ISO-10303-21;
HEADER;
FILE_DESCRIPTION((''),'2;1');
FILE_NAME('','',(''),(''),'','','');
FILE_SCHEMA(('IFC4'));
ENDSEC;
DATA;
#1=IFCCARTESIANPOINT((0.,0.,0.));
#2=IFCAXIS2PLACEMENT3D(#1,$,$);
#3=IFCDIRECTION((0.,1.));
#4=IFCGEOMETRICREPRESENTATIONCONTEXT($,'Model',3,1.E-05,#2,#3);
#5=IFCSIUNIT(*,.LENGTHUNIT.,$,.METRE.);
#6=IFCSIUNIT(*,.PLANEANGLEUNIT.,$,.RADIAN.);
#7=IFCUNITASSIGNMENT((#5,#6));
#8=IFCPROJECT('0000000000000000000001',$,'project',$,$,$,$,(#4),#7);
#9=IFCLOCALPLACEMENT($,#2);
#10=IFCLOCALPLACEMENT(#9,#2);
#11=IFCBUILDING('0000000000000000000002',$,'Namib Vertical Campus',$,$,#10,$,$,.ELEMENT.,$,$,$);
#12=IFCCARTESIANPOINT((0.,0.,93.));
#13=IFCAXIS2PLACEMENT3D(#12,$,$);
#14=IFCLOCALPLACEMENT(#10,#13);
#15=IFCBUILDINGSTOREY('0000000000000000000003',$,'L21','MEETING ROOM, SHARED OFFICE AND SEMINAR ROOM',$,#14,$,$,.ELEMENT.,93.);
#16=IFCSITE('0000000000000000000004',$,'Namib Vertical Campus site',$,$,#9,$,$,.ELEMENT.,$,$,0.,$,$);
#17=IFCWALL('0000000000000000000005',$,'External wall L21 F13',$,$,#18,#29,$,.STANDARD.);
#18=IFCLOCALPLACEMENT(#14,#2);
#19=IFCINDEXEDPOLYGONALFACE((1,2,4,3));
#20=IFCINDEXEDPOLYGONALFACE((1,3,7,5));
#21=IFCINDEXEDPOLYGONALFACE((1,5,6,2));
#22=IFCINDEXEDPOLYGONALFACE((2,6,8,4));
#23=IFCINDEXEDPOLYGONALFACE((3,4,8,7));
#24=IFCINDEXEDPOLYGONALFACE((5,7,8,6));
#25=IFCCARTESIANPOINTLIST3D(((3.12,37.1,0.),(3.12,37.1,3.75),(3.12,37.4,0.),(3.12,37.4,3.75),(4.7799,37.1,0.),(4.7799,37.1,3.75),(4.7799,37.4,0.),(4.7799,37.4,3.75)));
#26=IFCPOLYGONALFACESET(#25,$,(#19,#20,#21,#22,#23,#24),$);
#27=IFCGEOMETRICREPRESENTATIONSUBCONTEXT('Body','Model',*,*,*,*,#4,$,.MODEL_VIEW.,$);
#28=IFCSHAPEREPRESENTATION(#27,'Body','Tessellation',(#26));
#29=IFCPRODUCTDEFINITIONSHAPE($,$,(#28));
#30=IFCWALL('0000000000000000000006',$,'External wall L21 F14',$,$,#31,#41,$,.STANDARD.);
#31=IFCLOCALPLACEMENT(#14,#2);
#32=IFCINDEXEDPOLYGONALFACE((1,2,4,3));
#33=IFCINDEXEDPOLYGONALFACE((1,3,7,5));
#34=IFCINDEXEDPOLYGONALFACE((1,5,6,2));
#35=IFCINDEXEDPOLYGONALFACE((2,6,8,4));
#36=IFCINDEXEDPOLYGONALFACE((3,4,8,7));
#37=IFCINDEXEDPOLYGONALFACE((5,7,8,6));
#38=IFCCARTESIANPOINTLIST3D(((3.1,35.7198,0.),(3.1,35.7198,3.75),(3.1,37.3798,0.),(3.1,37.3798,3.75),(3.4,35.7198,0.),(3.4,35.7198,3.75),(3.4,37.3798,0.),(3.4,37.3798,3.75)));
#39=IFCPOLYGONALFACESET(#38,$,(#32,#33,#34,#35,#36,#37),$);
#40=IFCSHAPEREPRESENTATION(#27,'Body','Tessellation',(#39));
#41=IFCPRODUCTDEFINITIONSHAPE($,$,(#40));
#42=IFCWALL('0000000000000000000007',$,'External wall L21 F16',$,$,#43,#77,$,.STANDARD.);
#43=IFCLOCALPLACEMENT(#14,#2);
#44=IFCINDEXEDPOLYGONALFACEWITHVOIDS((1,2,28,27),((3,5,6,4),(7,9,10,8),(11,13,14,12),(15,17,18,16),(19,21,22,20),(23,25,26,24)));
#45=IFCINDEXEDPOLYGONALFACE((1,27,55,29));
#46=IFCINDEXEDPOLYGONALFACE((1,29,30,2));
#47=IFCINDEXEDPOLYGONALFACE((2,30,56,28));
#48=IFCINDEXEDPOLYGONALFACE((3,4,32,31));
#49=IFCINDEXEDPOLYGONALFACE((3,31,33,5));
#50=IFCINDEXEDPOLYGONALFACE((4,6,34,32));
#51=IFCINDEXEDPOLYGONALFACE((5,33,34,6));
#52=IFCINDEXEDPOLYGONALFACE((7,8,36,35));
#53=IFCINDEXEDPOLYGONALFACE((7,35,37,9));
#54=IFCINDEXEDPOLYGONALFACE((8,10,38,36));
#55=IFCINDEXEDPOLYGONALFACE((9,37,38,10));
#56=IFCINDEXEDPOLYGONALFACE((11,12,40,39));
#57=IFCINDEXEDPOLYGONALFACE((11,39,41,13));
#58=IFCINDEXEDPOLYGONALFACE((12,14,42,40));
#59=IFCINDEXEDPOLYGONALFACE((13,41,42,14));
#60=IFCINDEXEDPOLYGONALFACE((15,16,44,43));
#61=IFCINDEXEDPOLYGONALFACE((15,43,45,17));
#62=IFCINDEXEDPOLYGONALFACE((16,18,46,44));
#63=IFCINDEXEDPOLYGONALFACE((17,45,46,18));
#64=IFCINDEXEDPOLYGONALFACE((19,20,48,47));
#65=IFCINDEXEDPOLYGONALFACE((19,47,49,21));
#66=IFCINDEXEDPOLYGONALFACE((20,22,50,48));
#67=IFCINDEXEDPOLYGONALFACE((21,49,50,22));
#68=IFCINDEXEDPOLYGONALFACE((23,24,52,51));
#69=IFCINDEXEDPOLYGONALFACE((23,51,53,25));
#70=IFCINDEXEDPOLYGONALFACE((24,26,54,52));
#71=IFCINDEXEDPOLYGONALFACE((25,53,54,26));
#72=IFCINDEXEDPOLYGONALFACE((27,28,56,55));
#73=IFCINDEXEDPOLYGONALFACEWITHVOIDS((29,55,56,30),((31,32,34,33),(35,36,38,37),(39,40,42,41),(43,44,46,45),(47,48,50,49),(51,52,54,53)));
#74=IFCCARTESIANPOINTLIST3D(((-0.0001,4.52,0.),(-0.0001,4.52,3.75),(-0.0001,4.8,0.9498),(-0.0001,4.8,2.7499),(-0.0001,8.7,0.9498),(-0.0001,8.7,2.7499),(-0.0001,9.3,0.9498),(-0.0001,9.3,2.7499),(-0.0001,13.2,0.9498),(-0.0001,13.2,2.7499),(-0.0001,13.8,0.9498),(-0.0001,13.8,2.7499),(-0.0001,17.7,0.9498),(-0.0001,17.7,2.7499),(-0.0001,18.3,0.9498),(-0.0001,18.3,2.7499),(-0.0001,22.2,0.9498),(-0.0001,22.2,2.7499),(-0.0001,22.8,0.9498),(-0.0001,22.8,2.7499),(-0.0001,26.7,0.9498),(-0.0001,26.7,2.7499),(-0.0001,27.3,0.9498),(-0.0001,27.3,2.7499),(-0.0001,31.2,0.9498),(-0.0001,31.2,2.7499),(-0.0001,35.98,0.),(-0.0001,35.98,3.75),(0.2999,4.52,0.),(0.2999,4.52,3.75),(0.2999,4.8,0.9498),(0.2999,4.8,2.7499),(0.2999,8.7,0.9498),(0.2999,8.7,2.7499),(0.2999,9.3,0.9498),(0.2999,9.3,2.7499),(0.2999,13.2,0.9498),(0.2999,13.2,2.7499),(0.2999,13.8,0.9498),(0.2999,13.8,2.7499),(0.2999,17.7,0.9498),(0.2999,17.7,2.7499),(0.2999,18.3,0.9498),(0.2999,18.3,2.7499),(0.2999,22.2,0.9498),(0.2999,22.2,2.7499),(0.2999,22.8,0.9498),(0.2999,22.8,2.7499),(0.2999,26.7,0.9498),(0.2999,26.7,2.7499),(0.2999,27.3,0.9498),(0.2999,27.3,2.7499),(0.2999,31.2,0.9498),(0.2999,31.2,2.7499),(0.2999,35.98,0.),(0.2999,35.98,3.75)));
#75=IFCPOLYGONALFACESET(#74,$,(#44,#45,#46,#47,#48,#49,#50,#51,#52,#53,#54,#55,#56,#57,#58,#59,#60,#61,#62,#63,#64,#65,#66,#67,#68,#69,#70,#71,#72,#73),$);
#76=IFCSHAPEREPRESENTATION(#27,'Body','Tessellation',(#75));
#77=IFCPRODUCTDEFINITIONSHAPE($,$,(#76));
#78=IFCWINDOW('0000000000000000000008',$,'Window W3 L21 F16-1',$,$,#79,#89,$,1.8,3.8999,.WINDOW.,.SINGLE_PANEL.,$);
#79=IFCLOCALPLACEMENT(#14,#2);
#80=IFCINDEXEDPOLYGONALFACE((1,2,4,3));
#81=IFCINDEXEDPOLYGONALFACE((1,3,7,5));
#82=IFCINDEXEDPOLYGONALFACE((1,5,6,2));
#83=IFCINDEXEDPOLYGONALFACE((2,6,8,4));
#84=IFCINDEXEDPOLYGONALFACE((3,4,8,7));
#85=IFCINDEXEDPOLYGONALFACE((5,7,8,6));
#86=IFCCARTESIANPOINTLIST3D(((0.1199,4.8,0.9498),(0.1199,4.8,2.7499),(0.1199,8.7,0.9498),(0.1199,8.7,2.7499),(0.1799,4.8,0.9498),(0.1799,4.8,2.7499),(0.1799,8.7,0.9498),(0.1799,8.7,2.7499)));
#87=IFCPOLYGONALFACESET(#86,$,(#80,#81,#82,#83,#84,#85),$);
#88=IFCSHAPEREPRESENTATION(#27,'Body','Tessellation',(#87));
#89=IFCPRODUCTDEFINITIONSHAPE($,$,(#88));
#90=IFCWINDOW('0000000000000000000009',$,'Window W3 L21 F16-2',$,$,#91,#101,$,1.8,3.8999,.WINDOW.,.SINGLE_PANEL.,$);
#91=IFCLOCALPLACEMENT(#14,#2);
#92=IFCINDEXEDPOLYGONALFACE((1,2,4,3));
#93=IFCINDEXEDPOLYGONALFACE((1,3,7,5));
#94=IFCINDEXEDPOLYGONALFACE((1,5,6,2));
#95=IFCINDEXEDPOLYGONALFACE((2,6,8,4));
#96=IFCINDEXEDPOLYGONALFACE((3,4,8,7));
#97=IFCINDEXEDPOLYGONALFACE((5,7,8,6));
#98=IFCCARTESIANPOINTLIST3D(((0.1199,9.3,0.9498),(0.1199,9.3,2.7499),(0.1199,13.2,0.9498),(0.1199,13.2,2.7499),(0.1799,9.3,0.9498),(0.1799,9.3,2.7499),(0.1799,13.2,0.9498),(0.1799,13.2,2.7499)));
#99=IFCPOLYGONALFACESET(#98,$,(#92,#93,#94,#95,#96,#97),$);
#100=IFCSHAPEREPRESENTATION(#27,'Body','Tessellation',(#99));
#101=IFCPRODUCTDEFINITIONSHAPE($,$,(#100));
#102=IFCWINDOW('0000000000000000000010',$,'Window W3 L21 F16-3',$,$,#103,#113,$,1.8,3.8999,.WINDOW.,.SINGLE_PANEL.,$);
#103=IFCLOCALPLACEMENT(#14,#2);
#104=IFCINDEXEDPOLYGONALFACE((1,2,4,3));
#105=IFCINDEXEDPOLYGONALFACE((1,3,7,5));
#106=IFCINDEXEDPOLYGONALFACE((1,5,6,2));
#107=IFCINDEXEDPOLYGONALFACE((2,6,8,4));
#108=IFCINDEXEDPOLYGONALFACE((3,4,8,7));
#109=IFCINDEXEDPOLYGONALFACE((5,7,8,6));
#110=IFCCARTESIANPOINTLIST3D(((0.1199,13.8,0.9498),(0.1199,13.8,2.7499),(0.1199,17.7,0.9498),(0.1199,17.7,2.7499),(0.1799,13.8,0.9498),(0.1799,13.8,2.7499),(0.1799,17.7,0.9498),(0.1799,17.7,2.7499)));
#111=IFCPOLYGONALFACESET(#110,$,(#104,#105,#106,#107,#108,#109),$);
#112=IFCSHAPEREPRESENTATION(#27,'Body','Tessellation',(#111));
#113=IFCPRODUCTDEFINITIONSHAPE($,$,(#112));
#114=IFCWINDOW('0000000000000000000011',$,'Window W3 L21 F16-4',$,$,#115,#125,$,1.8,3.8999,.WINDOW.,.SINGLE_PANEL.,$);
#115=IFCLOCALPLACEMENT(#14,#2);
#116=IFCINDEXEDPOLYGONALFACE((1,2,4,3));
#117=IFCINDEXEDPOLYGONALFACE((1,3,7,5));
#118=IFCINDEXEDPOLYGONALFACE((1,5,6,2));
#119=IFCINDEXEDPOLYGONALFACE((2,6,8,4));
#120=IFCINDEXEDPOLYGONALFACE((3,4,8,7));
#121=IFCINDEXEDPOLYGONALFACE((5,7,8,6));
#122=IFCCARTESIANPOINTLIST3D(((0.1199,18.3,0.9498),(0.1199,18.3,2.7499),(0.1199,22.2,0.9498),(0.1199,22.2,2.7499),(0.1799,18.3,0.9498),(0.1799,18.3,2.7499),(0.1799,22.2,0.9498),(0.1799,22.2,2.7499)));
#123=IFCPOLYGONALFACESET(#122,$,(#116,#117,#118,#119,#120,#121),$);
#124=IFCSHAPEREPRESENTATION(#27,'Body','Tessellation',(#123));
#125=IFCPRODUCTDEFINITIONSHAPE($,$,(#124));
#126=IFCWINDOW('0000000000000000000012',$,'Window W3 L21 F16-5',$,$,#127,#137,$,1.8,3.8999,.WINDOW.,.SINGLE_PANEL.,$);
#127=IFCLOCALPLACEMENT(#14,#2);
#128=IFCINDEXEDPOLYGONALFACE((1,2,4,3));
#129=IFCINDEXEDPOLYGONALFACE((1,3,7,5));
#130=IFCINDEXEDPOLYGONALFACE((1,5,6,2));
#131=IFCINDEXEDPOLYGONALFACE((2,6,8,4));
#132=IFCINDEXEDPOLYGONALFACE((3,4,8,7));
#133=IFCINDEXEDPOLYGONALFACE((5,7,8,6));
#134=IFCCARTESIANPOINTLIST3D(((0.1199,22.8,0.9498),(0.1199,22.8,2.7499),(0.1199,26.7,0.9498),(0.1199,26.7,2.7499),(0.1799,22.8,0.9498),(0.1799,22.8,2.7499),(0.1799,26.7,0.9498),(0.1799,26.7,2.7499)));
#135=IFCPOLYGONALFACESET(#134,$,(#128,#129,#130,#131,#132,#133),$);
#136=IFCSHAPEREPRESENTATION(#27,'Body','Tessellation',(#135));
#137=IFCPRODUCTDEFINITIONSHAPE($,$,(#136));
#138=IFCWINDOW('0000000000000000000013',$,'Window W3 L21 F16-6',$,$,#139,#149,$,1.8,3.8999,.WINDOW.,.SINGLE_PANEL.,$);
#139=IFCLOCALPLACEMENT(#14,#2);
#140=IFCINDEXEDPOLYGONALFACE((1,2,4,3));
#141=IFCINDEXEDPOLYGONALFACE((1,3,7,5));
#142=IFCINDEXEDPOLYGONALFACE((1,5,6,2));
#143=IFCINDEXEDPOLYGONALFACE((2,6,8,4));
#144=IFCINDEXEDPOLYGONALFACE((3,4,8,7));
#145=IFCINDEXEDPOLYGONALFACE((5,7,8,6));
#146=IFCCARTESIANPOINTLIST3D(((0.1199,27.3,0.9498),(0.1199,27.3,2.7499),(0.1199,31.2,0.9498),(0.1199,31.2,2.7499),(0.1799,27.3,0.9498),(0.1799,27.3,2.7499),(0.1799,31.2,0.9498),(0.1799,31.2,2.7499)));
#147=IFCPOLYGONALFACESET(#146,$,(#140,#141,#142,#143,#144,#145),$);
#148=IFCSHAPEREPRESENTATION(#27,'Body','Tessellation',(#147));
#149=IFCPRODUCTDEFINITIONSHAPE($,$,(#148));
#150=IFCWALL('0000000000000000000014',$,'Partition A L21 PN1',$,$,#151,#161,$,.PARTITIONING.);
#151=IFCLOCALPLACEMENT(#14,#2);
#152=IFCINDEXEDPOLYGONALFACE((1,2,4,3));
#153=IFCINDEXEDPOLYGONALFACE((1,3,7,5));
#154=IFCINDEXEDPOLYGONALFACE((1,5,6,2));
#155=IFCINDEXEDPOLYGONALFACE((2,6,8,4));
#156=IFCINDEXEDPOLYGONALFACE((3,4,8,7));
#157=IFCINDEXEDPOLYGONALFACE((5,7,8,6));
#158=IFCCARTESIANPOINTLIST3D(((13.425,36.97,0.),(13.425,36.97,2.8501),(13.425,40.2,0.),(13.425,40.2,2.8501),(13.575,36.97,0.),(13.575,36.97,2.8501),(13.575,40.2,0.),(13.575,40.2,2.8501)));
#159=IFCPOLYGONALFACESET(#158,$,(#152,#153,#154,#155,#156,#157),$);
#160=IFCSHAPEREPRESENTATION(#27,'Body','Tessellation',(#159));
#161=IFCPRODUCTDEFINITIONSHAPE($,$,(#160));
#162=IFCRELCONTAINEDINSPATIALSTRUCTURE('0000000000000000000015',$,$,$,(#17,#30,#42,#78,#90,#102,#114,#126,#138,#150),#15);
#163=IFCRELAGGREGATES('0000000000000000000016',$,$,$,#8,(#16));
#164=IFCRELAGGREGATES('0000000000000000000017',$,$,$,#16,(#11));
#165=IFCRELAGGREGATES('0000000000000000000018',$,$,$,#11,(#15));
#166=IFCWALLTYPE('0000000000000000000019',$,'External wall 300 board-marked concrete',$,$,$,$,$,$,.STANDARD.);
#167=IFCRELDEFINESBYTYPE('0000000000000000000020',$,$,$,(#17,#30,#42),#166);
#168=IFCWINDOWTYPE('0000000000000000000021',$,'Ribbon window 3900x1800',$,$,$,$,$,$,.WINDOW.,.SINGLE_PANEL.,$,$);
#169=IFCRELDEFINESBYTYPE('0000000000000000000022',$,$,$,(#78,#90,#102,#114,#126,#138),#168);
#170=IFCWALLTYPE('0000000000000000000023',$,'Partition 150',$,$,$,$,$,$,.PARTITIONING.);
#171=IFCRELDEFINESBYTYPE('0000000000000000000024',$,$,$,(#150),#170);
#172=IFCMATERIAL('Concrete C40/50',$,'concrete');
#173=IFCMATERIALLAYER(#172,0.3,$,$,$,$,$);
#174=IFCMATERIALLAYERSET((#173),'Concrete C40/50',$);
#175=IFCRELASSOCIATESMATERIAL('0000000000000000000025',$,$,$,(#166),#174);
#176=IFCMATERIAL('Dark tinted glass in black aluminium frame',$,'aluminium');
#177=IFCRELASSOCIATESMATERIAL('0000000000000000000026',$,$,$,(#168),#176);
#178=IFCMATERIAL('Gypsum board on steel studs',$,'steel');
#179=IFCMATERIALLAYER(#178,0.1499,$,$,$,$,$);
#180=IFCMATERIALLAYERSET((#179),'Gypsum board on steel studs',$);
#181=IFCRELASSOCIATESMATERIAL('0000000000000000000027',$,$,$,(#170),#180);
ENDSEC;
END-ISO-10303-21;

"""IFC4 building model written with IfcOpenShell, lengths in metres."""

from ifc_helpers import new_model, si_unit, direction, frame, frame_2d, origin, place, context, subcontext, project, spatial, rectangle, extrude, material, layer, layer_set, type_object, element, fill, save


model = new_model("IFC4")

# Units and contexts
model_context = context("Model", 3, precision=1e-05, world=origin(), true_north=direction((0.0, 1.0)))
body_context = subcontext(model_context, "Body", "Model", "MODEL_VIEW")
ifc_project = project(units=[si_unit("LENGTHUNIT", "METRE"), si_unit("PLANEANGLEUNIT", "RADIAN")], contexts=[model_context])

# Site, building, storey
site_placement = place(None, origin())
site = spatial("IfcSite", under=ifc_project, at=site_placement, Name="Namib Vertical Campus site", CompositionType="ELEMENT", RefElevation=0.0)
building_placement = place(site_placement, origin())
building = spatial("IfcBuilding", under=site, at=building_placement, Name="Namib Vertical Campus", CompositionType="ELEMENT")
storey_placement = place(building_placement, frame((0.0, 0.0, 93.0)))
storey = spatial("IfcBuildingStorey", under=building, at=storey_placement, Name="L21", Description="MEETING ROOM, SHARED OFFICE AND SEMINAR ROOM", CompositionType="ELEMENT", Elevation=93.0)

# Walls
ifc_material_1 = material(Name="Concrete C40/50", Category="concrete")
ifc_layer_1 = layer(ifc_material_1, 0.3)
ifc_layer_set_1 = layer_set([ifc_layer_1], Name="Concrete C40/50")
wall_type_1 = type_object("IfcWallType", Name="External wall 300 board-marked concrete", PredefinedType="STANDARD", material=ifc_layer_set_1)
for number, where, z_axis, x_axis, name in (
    (1, (4.78, 37.25, 0.0), (0.0, 0.0, 1.0), (-1.0, 0.0, 0.0), "External wall L21 F13"),
    (2, (3.25, 37.3799, 0.0), (0.0, 0.0, 1.0), (0.0, -1.0, 0.0), "External wall L21 F14"),
):
    element("IfcWall", number, at=place(storey_placement, frame(where, z_axis=z_axis, x_axis=x_axis)), inside=storey, type_object=wall_type_1, Name=name, PredefinedType="STANDARD", context=body_context, shape_type="SweptSolid", body=[
        extrude(rectangle(XDim=1.6599, YDim=0.3, at=frame_2d((0.8301, 0.0))), origin(), (0.0, 0.0, 1.0), 3.75),
    ])

# Wall, openings, windows
wall_1_placement = place(storey_placement, frame((0.1499, 35.98, 0.0), z_axis=(0.0, 0.0, 1.0), x_axis=(0.0, -1.0, 0.0)))
wall_1 = element("IfcWall", 3, at=wall_1_placement, inside=storey, type_object=wall_type_1, Name="External wall L21 F16", PredefinedType="STANDARD", context=body_context, shape_type="SweptSolid", body=[
    extrude(rectangle(XDim=31.46, YDim=0.3, at=frame_2d((15.73, 0.0))), origin(), (0.0, 0.0, 1.0), 3.75),
])
opening_1_placement = place(wall_1_placement, frame((27.28, 0.0, 0.95)))
opening_1 = element("IfcOpeningElement", 4, at=opening_1_placement, cuts=wall_1, PredefinedType="OPENING", context=body_context, shape_type="SweptSolid", body=[
    extrude(rectangle(XDim=3.8999, YDim=1.8, at=frame_2d((1.95, 0.8999))), frame((0.0, 0.1599, 0.0), z_axis=(0.0, -1.0, 0.0), x_axis=(1.0, 0.0, 0.0)), (0.0, 0.0, 1.0), 0.3201),
])
opening_2_placement = place(wall_1_placement, frame((22.78, 0.0, 0.95)))
opening_2 = element("IfcOpeningElement", 5, at=opening_2_placement, cuts=wall_1, PredefinedType="OPENING", context=body_context, shape_type="SweptSolid", body=[
    extrude(rectangle(XDim=3.8999, YDim=1.8, at=frame_2d((1.95, 0.8999))), frame((0.0, 0.1599, 0.0), z_axis=(0.0, -1.0, 0.0), x_axis=(1.0, 0.0, 0.0)), (0.0, 0.0, 1.0), 0.3201),
])
opening_3_placement = place(wall_1_placement, frame((18.28, 0.0, 0.95)))
opening_3 = element("IfcOpeningElement", 6, at=opening_3_placement, cuts=wall_1, PredefinedType="OPENING", context=body_context, shape_type="SweptSolid", body=[
    extrude(rectangle(XDim=3.8999, YDim=1.8, at=frame_2d((1.95, 0.8999))), frame((0.0, 0.1599, 0.0), z_axis=(0.0, -1.0, 0.0), x_axis=(1.0, 0.0, 0.0)), (0.0, 0.0, 1.0), 0.3201),
])
opening_4_placement = place(wall_1_placement, frame((13.78, 0.0, 0.95)))
opening_4 = element("IfcOpeningElement", 7, at=opening_4_placement, cuts=wall_1, PredefinedType="OPENING", context=body_context, shape_type="SweptSolid", body=[
    extrude(rectangle(XDim=3.8999, YDim=1.8, at=frame_2d((1.95, 0.8999))), frame((0.0, 0.1599, 0.0), z_axis=(0.0, -1.0, 0.0), x_axis=(1.0, 0.0, 0.0)), (0.0, 0.0, 1.0), 0.3201),
])
opening_5_placement = place(wall_1_placement, frame((9.28, 0.0, 0.95)))
opening_5 = element("IfcOpeningElement", 8, at=opening_5_placement, cuts=wall_1, PredefinedType="OPENING", context=body_context, shape_type="SweptSolid", body=[
    extrude(rectangle(XDim=3.8999, YDim=1.8, at=frame_2d((1.95, 0.8999))), frame((0.0, 0.1599, 0.0), z_axis=(0.0, -1.0, 0.0), x_axis=(1.0, 0.0, 0.0)), (0.0, 0.0, 1.0), 0.3201),
])
opening_6_placement = place(wall_1_placement, frame((4.78, 0.0, 0.95)))
opening_6 = element("IfcOpeningElement", 9, at=opening_6_placement, cuts=wall_1, PredefinedType="OPENING", context=body_context, shape_type="SweptSolid", body=[
    extrude(rectangle(XDim=3.8999, YDim=1.8, at=frame_2d((1.95, 0.8999))), frame((0.0, 0.1599, 0.0), z_axis=(0.0, -1.0, 0.0), x_axis=(1.0, 0.0, 0.0)), (0.0, 0.0, 1.0), 0.3201),
])
ifc_material_2 = material(Name="Dark tinted glass in black aluminium frame", Category="aluminium")
window_type = type_object("IfcWindowType", Name="Ribbon window 3900x1800", PartitioningType="SINGLE_PANEL", PredefinedType="WINDOW", material=ifc_material_2)
window_1_placement = place(opening_1_placement, origin())
window_1 = element("IfcWindow", 10, at=window_1_placement, inside=storey, type_object=window_type, Name="Window W3 L21 F16-1", OverallHeight=1.8, OverallWidth=3.8999, PartitioningType="SINGLE_PANEL", PredefinedType="WINDOW", context=body_context, shape_type="SweptSolid", body=[
    extrude(rectangle(XDim=3.8999, YDim=1.8, at=frame_2d((1.95, 0.8999))), frame((0.0, 0.03, 0.0), z_axis=(0.0, -1.0, 0.0), x_axis=(1.0, 0.0, 0.0)), (0.0, 0.0, 1.0), 0.0601),
])
fill(opening_1, window_1)
window_2_placement = place(opening_2_placement, origin())
window_2 = element("IfcWindow", 11, at=window_2_placement, inside=storey, type_object=window_type, Name="Window W3 L21 F16-2", OverallHeight=1.8, OverallWidth=3.8999, PartitioningType="SINGLE_PANEL", PredefinedType="WINDOW", context=body_context, shape_type="SweptSolid", body=[
    extrude(rectangle(XDim=3.8999, YDim=1.8, at=frame_2d((1.95, 0.8999))), frame((0.0, 0.03, 0.0), z_axis=(0.0, -1.0, 0.0), x_axis=(1.0, 0.0, 0.0)), (0.0, 0.0, 1.0), 0.0601),
])
fill(opening_2, window_2)
window_3_placement = place(opening_3_placement, origin())
window_3 = element("IfcWindow", 12, at=window_3_placement, inside=storey, type_object=window_type, Name="Window W3 L21 F16-3", OverallHeight=1.8, OverallWidth=3.8999, PartitioningType="SINGLE_PANEL", PredefinedType="WINDOW", context=body_context, shape_type="SweptSolid", body=[
    extrude(rectangle(XDim=3.8999, YDim=1.8, at=frame_2d((1.95, 0.8999))), frame((0.0, 0.03, 0.0), z_axis=(0.0, -1.0, 0.0), x_axis=(1.0, 0.0, 0.0)), (0.0, 0.0, 1.0), 0.0601),
])
fill(opening_3, window_3)
window_4_placement = place(opening_4_placement, origin())
window_4 = element("IfcWindow", 13, at=window_4_placement, inside=storey, type_object=window_type, Name="Window W3 L21 F16-4", OverallHeight=1.8, OverallWidth=3.8999, PartitioningType="SINGLE_PANEL", PredefinedType="WINDOW", context=body_context, shape_type="SweptSolid", body=[
    extrude(rectangle(XDim=3.8999, YDim=1.8, at=frame_2d((1.95, 0.8999))), frame((0.0, 0.03, 0.0), z_axis=(0.0, -1.0, 0.0), x_axis=(1.0, 0.0, 0.0)), (0.0, 0.0, 1.0), 0.0601),
])
fill(opening_4, window_4)
window_5_placement = place(opening_5_placement, origin())
window_5 = element("IfcWindow", 14, at=window_5_placement, inside=storey, type_object=window_type, Name="Window W3 L21 F16-5", OverallHeight=1.8, OverallWidth=3.8999, PartitioningType="SINGLE_PANEL", PredefinedType="WINDOW", context=body_context, shape_type="SweptSolid", body=[
    extrude(rectangle(XDim=3.8999, YDim=1.8, at=frame_2d((1.95, 0.8999))), frame((0.0, 0.03, 0.0), z_axis=(0.0, -1.0, 0.0), x_axis=(1.0, 0.0, 0.0)), (0.0, 0.0, 1.0), 0.0601),
])
fill(opening_5, window_5)
window_6_placement = place(opening_6_placement, origin())
window_6 = element("IfcWindow", 15, at=window_6_placement, inside=storey, type_object=window_type, Name="Window W3 L21 F16-6", OverallHeight=1.8, OverallWidth=3.8999, PartitioningType="SINGLE_PANEL", PredefinedType="WINDOW", context=body_context, shape_type="SweptSolid", body=[
    extrude(rectangle(XDim=3.8999, YDim=1.8, at=frame_2d((1.95, 0.8999))), frame((0.0, 0.03, 0.0), z_axis=(0.0, -1.0, 0.0), x_axis=(1.0, 0.0, 0.0)), (0.0, 0.0, 1.0), 0.0601),
])
fill(opening_6, window_6)

# Wall
ifc_material_3 = material(Name="Gypsum board on steel studs", Category="steel")
ifc_layer_2 = layer(ifc_material_3, 0.1499)
ifc_layer_set_2 = layer_set([ifc_layer_2], Name="Gypsum board on steel studs")
wall_type_2 = type_object("IfcWallType", Name="Partition 150", PredefinedType="PARTITIONING", material=ifc_layer_set_2)
wall_2_placement = place(storey_placement, frame((13.5, 36.97, 0.0), z_axis=(0.0, 0.0, 1.0), x_axis=(0.0, 1.0, 0.0)))
element("IfcWall", 16, at=wall_2_placement, inside=storey, type_object=wall_type_2, Name="Partition A L21 PN1", PredefinedType="PARTITIONING", context=body_context, shape_type="SweptSolid", body=[
    extrude(rectangle(XDim=3.23, YDim=0.1499, at=frame_2d((1.615, 0.0))), origin(), (0.0, 0.0, 1.0), 2.8501),
])

save(model, "model.ifc")
